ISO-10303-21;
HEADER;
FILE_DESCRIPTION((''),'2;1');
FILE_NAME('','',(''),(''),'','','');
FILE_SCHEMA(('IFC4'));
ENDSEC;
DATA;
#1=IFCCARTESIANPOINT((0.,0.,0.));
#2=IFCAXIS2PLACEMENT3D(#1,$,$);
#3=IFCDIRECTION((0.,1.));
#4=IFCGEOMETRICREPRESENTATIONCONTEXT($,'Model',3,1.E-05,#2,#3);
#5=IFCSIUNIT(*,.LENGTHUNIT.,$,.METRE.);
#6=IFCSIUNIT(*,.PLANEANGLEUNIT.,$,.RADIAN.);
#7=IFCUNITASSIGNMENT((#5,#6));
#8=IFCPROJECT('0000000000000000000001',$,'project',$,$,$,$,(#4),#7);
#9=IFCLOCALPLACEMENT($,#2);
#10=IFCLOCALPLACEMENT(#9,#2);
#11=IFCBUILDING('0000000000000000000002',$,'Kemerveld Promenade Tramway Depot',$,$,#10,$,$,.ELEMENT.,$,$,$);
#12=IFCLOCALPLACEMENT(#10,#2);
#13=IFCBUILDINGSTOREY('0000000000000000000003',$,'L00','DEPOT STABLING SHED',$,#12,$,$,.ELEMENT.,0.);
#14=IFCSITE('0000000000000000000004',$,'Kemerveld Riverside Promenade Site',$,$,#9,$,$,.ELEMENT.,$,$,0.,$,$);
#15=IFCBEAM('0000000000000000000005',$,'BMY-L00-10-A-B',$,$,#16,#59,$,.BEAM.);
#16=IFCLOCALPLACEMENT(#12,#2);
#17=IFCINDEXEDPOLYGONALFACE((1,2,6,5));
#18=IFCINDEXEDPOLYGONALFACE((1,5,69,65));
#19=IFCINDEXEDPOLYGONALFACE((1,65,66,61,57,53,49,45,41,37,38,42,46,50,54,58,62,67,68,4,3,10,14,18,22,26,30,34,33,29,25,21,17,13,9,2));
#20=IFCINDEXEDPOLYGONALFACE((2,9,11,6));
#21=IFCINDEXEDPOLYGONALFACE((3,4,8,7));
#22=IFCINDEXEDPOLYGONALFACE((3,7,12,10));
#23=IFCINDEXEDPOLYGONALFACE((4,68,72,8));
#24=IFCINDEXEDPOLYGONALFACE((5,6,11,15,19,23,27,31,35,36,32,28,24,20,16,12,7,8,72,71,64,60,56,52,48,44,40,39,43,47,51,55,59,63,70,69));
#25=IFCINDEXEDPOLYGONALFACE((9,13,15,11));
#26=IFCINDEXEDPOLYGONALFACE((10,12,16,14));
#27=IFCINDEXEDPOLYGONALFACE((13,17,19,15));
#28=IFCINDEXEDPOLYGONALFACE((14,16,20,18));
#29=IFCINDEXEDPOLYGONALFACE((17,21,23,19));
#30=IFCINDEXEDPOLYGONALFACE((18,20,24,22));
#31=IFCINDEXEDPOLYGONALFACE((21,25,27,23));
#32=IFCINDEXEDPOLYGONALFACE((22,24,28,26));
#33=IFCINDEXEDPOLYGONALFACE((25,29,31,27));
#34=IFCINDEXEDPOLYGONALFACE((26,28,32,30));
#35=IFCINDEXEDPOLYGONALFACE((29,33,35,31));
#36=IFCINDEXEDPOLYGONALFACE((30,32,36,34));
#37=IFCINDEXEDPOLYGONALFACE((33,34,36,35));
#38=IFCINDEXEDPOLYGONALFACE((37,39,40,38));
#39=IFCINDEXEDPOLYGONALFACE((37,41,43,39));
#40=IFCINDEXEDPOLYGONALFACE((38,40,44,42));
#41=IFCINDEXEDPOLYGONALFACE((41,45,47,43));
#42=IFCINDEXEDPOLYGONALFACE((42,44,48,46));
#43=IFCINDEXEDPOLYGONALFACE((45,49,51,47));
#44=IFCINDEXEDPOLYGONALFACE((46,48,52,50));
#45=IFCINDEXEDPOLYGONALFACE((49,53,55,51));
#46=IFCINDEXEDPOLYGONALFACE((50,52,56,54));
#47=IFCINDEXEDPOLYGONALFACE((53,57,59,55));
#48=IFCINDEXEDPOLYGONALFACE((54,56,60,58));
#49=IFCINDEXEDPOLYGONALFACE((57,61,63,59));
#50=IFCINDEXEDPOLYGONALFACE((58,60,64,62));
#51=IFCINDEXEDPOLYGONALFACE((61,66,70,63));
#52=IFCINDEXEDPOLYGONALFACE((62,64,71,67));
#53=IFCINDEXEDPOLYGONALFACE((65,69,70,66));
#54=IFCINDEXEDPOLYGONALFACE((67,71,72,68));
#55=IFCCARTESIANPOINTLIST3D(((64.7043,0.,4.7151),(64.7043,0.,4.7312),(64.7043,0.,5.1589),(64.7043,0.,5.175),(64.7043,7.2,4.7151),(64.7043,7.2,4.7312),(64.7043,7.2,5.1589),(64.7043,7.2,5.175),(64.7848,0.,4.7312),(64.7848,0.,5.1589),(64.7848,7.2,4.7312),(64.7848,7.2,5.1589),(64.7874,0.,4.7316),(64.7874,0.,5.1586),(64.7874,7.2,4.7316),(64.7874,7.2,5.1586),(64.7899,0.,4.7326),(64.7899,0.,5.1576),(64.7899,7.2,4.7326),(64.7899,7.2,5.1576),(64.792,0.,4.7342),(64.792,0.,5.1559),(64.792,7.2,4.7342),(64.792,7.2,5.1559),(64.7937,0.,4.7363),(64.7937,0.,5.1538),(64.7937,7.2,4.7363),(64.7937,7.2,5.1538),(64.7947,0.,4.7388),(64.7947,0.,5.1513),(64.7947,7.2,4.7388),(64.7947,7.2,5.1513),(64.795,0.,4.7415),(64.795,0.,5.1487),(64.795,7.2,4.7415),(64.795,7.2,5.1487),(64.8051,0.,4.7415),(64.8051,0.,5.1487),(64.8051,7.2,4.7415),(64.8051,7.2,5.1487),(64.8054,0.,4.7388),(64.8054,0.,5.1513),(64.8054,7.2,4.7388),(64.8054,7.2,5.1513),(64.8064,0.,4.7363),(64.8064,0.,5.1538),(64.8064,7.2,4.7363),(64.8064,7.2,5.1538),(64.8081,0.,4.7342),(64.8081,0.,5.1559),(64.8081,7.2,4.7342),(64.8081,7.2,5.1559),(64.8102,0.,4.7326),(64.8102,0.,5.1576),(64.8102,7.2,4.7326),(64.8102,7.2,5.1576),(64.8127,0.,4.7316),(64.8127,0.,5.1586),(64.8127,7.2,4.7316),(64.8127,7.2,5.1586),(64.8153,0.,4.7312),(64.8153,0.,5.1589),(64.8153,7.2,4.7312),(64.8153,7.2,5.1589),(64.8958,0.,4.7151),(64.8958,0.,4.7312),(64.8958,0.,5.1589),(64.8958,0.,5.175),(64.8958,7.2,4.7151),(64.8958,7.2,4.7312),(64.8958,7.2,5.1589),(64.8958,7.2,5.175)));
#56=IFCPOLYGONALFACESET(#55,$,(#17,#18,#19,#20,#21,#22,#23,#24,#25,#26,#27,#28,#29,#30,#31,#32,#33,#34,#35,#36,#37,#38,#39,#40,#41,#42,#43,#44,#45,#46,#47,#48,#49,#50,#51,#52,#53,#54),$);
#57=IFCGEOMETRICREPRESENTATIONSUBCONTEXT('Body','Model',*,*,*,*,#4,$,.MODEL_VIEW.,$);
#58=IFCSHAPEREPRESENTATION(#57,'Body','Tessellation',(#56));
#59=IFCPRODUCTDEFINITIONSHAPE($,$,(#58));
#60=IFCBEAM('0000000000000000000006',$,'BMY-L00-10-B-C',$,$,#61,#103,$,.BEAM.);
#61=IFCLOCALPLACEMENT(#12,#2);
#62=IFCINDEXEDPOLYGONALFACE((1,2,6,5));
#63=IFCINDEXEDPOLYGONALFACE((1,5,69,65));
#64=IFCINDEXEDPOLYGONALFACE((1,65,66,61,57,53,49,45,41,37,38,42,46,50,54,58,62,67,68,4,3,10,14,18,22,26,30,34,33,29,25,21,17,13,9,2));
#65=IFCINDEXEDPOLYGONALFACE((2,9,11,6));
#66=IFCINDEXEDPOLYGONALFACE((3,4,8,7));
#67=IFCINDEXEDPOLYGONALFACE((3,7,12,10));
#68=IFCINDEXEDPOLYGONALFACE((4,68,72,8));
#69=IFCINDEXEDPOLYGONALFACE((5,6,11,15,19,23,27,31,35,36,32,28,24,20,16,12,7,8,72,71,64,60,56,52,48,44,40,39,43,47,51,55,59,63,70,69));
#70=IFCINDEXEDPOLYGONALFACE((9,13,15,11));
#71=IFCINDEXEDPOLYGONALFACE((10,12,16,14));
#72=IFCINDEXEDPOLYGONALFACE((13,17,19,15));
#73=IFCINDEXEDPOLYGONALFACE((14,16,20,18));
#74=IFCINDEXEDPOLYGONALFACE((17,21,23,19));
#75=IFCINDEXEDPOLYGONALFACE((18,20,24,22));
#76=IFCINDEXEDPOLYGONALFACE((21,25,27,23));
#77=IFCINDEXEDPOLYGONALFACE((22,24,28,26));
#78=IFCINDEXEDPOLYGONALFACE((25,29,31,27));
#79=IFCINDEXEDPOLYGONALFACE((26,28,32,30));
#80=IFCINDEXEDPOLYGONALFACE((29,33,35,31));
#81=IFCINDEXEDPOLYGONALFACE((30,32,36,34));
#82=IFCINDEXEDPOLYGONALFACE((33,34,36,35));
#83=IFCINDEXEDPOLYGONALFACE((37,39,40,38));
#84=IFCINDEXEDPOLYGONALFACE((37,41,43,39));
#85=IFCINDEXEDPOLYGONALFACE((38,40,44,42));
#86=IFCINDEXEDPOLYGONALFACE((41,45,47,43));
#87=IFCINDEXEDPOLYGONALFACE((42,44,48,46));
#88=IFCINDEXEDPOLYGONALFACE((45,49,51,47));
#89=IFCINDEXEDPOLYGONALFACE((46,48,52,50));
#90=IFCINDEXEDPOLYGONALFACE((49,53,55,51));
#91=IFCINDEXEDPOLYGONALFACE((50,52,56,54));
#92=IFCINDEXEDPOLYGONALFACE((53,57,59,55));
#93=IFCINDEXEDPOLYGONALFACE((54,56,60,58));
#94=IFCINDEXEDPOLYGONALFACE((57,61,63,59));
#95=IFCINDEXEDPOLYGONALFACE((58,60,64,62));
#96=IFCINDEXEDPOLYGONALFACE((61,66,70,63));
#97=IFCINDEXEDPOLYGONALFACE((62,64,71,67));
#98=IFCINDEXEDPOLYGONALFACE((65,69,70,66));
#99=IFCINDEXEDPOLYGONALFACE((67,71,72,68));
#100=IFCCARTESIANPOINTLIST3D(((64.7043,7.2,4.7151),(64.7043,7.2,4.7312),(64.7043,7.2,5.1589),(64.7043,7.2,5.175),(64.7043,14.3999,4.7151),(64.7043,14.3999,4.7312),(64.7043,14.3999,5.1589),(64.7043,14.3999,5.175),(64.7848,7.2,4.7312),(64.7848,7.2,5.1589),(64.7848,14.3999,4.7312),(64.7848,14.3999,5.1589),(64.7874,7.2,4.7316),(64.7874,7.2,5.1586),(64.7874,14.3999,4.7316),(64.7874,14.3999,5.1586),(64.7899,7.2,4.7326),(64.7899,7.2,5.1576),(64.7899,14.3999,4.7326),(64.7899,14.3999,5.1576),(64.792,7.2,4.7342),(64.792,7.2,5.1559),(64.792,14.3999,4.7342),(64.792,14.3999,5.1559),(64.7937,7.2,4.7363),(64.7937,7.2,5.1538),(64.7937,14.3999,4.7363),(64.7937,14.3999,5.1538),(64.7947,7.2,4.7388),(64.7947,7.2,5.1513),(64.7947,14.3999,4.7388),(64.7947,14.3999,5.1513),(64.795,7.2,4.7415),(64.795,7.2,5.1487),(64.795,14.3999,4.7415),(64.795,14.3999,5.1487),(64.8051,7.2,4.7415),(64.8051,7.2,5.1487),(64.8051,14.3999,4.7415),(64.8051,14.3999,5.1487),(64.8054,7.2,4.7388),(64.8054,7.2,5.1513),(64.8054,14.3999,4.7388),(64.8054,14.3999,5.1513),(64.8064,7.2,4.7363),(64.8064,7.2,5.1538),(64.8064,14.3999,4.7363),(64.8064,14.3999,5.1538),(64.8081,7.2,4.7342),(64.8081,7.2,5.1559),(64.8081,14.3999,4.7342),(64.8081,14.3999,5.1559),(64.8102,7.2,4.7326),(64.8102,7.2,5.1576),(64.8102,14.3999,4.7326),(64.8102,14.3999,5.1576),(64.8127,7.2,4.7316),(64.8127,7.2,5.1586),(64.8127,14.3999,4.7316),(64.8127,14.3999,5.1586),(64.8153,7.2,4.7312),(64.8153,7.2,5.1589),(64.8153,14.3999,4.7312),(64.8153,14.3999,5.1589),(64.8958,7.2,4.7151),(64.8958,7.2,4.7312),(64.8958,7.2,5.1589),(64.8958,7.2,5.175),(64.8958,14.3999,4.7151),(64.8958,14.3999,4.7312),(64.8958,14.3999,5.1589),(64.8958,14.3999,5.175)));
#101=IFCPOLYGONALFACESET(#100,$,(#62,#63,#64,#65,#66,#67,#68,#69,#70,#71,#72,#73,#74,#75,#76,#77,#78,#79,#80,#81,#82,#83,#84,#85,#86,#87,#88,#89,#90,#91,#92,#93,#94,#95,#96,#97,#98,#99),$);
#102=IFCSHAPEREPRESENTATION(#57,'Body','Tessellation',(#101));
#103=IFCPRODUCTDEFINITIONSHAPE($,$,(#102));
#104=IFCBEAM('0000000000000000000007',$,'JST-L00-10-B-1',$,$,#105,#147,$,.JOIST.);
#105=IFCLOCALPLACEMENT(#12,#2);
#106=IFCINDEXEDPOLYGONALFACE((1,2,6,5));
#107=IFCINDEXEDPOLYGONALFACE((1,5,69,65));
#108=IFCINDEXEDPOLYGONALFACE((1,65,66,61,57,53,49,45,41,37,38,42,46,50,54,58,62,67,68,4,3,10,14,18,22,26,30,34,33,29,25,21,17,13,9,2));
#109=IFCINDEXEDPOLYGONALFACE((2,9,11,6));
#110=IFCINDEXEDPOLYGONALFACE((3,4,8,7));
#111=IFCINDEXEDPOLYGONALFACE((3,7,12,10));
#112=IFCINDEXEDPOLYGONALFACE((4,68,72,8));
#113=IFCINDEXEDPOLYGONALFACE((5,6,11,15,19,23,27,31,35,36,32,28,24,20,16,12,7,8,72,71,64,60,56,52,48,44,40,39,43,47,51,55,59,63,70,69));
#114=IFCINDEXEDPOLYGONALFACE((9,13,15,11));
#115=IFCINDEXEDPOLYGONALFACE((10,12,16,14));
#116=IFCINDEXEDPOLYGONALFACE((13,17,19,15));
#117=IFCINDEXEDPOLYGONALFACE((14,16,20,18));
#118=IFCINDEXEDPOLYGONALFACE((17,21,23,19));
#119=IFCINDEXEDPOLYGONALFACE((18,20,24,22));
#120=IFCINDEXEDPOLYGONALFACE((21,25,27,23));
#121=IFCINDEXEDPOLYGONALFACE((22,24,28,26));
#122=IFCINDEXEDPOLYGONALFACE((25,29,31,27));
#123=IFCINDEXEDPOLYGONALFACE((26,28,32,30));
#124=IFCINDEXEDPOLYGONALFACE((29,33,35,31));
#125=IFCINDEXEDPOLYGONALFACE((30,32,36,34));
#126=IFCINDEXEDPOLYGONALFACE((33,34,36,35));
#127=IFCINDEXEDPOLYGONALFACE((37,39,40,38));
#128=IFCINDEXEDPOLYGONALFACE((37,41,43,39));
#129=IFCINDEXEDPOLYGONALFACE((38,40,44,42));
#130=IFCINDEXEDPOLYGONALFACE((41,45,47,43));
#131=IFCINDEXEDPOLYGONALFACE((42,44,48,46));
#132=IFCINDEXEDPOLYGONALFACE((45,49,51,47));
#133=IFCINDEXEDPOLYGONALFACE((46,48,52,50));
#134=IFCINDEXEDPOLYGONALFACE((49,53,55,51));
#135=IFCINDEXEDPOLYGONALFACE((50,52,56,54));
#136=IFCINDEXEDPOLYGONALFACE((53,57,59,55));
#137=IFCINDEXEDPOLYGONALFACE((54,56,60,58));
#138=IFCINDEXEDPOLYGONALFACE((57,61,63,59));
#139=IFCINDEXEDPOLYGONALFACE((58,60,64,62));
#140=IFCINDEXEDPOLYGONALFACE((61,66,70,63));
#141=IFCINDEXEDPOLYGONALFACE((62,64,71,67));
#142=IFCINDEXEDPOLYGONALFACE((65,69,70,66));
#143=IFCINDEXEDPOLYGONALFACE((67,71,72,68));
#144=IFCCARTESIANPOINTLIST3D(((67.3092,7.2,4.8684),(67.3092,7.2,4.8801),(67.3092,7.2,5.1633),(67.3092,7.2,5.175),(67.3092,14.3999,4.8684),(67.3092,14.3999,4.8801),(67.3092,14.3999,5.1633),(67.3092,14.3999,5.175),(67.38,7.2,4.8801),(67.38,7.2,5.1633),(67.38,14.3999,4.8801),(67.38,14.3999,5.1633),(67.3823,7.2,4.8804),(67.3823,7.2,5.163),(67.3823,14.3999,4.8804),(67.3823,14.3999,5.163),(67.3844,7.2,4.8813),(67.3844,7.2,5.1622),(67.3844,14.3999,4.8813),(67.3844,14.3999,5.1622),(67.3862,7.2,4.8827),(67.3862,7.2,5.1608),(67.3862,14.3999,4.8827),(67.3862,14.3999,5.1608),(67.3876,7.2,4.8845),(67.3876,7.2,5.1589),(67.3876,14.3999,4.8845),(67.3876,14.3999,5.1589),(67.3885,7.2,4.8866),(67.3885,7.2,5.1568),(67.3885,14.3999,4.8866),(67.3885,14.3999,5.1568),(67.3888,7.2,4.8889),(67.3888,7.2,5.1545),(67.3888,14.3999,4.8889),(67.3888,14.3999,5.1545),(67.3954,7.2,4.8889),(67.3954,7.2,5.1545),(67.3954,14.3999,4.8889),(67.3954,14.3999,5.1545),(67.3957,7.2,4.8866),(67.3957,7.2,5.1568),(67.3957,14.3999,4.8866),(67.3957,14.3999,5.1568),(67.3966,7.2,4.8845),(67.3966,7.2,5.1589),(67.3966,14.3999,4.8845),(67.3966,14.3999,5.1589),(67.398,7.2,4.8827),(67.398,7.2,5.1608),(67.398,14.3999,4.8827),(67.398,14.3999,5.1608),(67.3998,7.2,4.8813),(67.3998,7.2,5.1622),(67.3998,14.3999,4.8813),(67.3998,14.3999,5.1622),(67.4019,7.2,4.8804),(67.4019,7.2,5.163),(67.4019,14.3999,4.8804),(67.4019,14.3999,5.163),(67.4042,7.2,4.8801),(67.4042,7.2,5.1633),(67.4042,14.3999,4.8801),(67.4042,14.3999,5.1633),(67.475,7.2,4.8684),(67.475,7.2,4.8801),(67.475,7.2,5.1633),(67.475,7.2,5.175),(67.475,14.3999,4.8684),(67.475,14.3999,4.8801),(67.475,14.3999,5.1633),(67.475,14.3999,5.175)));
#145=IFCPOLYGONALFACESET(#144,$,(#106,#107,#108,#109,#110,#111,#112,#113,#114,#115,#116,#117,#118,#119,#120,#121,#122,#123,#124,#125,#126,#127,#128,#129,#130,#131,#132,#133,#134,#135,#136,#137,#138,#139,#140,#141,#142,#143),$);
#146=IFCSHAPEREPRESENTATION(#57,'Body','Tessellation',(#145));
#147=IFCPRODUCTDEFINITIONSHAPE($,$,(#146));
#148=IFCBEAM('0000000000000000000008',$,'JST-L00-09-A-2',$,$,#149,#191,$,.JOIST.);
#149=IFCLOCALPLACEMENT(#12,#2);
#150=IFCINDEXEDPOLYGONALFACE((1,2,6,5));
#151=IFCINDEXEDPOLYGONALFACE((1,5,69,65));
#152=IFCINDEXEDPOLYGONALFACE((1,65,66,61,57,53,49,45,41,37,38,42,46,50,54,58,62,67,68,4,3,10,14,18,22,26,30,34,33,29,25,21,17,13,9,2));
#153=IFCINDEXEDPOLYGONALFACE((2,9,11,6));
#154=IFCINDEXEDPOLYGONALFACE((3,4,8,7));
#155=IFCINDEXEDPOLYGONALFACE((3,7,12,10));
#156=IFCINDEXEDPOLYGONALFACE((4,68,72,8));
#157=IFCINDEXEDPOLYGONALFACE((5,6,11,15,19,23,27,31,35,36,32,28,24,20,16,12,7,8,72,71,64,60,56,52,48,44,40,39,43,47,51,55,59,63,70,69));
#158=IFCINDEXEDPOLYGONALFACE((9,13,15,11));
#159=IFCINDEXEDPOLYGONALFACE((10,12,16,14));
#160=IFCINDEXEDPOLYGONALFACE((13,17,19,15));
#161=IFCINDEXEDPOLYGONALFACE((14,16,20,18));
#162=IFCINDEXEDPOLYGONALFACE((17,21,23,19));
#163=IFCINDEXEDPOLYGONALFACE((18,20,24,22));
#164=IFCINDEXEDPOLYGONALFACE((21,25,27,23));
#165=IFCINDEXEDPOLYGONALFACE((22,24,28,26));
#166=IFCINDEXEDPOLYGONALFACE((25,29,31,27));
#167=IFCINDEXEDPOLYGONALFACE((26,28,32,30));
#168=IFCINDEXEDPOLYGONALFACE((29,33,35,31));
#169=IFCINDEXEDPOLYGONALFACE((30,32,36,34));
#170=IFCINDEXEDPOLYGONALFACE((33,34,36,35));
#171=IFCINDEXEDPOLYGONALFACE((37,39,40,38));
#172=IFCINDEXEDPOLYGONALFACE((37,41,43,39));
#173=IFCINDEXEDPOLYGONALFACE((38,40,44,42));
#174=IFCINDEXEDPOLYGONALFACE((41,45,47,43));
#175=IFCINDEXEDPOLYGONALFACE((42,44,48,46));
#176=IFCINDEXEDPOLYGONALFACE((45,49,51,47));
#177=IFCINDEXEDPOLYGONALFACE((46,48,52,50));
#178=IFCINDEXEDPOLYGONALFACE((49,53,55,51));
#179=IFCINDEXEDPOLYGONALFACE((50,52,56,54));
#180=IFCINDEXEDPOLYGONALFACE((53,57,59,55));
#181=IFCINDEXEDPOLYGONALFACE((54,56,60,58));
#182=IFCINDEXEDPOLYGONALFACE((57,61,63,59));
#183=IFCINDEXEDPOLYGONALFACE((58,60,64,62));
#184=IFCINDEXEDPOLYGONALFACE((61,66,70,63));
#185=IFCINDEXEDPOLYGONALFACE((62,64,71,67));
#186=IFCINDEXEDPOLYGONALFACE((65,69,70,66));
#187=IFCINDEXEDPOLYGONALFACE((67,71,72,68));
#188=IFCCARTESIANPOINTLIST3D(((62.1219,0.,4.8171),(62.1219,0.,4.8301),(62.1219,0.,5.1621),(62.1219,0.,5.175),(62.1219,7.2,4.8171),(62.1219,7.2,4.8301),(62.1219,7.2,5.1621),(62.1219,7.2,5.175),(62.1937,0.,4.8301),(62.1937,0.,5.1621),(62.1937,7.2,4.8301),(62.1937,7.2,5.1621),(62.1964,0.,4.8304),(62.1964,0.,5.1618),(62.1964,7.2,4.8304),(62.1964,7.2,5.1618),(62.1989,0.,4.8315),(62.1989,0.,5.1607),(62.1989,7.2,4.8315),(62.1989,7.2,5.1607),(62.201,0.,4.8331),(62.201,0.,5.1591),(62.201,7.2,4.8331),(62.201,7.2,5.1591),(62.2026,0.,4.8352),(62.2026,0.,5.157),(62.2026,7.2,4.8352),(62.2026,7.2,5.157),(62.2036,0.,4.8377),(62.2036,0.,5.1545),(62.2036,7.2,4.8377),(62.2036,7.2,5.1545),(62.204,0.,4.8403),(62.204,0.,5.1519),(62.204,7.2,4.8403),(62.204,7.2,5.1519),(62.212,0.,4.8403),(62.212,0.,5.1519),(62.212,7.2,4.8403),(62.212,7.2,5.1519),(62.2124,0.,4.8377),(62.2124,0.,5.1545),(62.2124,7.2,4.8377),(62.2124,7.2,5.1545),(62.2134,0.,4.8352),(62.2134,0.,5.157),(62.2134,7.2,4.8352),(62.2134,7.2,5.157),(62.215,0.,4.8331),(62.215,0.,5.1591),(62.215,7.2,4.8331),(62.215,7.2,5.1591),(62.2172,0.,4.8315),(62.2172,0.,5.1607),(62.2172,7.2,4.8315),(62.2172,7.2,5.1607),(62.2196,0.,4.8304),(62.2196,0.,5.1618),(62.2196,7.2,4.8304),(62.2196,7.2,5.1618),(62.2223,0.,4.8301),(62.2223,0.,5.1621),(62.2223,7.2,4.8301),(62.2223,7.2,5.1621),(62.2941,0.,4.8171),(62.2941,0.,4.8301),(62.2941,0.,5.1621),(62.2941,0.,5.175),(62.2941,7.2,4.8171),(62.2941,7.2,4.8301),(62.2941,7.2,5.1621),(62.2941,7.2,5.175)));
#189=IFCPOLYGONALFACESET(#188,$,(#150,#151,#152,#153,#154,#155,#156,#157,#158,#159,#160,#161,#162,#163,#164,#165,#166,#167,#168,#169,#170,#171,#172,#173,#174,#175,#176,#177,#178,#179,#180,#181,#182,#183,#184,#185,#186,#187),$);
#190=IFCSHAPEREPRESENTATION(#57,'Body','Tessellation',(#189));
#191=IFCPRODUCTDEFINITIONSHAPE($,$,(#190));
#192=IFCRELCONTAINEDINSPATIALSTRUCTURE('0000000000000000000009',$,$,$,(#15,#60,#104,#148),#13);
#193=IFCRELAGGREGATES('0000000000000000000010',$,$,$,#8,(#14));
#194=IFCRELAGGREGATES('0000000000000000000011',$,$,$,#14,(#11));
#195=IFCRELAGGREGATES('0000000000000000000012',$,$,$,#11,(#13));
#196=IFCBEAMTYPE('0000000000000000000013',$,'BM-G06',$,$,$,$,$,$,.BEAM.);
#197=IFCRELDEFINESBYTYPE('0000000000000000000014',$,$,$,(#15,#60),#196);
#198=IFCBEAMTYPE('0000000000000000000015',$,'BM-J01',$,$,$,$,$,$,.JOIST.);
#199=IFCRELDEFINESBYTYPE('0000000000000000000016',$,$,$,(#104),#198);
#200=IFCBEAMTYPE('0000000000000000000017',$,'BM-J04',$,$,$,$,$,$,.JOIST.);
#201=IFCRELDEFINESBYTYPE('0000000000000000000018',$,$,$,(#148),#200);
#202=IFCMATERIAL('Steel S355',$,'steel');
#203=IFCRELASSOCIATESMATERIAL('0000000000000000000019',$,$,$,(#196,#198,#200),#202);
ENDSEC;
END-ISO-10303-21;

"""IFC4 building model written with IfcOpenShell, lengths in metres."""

from ifc_helpers import new_model, si_unit, direction, frame, origin, origin_2d, place, context, subcontext, project, spatial, i_section, extrude, material, material_profile, profile_set, type_object, element, save


model = new_model("IFC4")

# Units and contexts
model_context = context("Model", 3, precision=1e-05, world=origin(), true_north=direction((0.0, 1.0)))
body_context = subcontext(model_context, "Body", "Model", "MODEL_VIEW")
ifc_project = project(units=[si_unit("LENGTHUNIT", "METRE"), si_unit("PLANEANGLEUNIT", "RADIAN")], contexts=[model_context])

# Site, building, storey
site_placement = place(None, origin())
site = spatial("IfcSite", under=ifc_project, at=site_placement, Name="Kemerveld Riverside Promenade Site", CompositionType="ELEMENT", RefElevation=0.0)
building_placement = place(site_placement, origin())
building = spatial("IfcBuilding", under=site, at=building_placement, Name="Kemerveld Promenade Tramway Depot", CompositionType="ELEMENT")
storey_placement = place(building_placement, origin())
storey = spatial("IfcBuildingStorey", under=building, at=storey_placement, Name="L00", Description="DEPOT STABLING SHED", CompositionType="ELEMENT", Elevation=0.0)

# Shared definitions
ifc_material_1 = material(Name="Steel S355", Category="steel")

# Beams
ifc_material_profile_1 = material_profile(ifc_material_1, i_section(OverallWidth=0.1914, OverallDepth=0.46, WebThickness=0.01, FlangeThickness=0.0161, FilletRadius=0.0103, at=origin_2d()), Name="457x191x82 UB")
ifc_profile_set_1 = profile_set([ifc_material_profile_1], Name="Steel S355")
beam_type_1 = type_object("IfcBeamType", Name="BM-G06", PredefinedType="BEAM", material=ifc_profile_set_1)
for number, where, z_axis, x_axis, name in (
    (1, (64.8, 0.0, 4.9451), (0.0, 1.0, 0.0), (-1.0, 0.0, 0.0), "BMY-L00-10-A-B"),
    (2, (64.8, 7.2, 4.9451), (0.0, 1.0, 0.0), (-1.0, 0.0, 0.0), "BMY-L00-10-B-C"),
):
    element("IfcBeam", number, at=place(storey_placement, frame(where, z_axis=z_axis, x_axis=x_axis)), inside=storey, type_object=beam_type_1, Name=name, PredefinedType="BEAM", context=body_context, shape_type="SweptSolid", body=[
        extrude(i_section(OverallWidth=0.1914, OverallDepth=0.46, WebThickness=0.01, FlangeThickness=0.0161, FilletRadius=0.0103, at=origin_2d()), origin(), (0.0, 0.0, 1.0), 7.2),
    ])
ifc_material_profile_2 = material_profile(ifc_material_1, i_section(OverallWidth=0.1658, OverallDepth=0.3066, WebThickness=0.0066, FlangeThickness=0.0117, FilletRadius=0.0088, at=origin_2d()), Name="305x165x46 UB")
ifc_profile_set_2 = profile_set([ifc_material_profile_2], Name="Steel S355")
beam_type_2 = type_object("IfcBeamType", Name="BM-J01", PredefinedType="JOIST", material=ifc_profile_set_2)
beam_1_placement = place(storey_placement, frame((67.3921, 7.2, 5.0217), z_axis=(0.0, 1.0, 0.0), x_axis=(-1.0, 0.0, 0.0)))
element("IfcBeam", 3, at=beam_1_placement, inside=storey, type_object=beam_type_2, Name="JST-L00-10-B-1", PredefinedType="JOIST", context=body_context, shape_type="SweptSolid", body=[
    extrude(i_section(OverallWidth=0.1658, OverallDepth=0.3066, WebThickness=0.0066, FlangeThickness=0.0117, FilletRadius=0.0088, at=origin_2d()), origin(), (0.0, 0.0, 1.0), 7.2),
])
ifc_material_profile_3 = material_profile(ifc_material_1, i_section(OverallWidth=0.1721, OverallDepth=0.3579, WebThickness=0.0081, FlangeThickness=0.0129, FilletRadius=0.0103, at=origin_2d()), Name="356x171x57 UB")
ifc_profile_set_3 = profile_set([ifc_material_profile_3], Name="Steel S355")
beam_type_3 = type_object("IfcBeamType", Name="BM-J04", PredefinedType="JOIST", material=ifc_profile_set_3)
beam_2_placement = place(storey_placement, frame((62.208, 0.0, 4.9961), z_axis=(0.0, 1.0, 0.0), x_axis=(-1.0, 0.0, 0.0)))
element("IfcBeam", 4, at=beam_2_placement, inside=storey, type_object=beam_type_3, Name="JST-L00-09-A-2", PredefinedType="JOIST", context=body_context, shape_type="SweptSolid", body=[
    extrude(i_section(OverallWidth=0.1721, OverallDepth=0.3579, WebThickness=0.0081, FlangeThickness=0.0129, FilletRadius=0.0103, at=origin_2d()), origin(), (0.0, 0.0, 1.0), 7.2),
])

save(model, "model.ifc")
